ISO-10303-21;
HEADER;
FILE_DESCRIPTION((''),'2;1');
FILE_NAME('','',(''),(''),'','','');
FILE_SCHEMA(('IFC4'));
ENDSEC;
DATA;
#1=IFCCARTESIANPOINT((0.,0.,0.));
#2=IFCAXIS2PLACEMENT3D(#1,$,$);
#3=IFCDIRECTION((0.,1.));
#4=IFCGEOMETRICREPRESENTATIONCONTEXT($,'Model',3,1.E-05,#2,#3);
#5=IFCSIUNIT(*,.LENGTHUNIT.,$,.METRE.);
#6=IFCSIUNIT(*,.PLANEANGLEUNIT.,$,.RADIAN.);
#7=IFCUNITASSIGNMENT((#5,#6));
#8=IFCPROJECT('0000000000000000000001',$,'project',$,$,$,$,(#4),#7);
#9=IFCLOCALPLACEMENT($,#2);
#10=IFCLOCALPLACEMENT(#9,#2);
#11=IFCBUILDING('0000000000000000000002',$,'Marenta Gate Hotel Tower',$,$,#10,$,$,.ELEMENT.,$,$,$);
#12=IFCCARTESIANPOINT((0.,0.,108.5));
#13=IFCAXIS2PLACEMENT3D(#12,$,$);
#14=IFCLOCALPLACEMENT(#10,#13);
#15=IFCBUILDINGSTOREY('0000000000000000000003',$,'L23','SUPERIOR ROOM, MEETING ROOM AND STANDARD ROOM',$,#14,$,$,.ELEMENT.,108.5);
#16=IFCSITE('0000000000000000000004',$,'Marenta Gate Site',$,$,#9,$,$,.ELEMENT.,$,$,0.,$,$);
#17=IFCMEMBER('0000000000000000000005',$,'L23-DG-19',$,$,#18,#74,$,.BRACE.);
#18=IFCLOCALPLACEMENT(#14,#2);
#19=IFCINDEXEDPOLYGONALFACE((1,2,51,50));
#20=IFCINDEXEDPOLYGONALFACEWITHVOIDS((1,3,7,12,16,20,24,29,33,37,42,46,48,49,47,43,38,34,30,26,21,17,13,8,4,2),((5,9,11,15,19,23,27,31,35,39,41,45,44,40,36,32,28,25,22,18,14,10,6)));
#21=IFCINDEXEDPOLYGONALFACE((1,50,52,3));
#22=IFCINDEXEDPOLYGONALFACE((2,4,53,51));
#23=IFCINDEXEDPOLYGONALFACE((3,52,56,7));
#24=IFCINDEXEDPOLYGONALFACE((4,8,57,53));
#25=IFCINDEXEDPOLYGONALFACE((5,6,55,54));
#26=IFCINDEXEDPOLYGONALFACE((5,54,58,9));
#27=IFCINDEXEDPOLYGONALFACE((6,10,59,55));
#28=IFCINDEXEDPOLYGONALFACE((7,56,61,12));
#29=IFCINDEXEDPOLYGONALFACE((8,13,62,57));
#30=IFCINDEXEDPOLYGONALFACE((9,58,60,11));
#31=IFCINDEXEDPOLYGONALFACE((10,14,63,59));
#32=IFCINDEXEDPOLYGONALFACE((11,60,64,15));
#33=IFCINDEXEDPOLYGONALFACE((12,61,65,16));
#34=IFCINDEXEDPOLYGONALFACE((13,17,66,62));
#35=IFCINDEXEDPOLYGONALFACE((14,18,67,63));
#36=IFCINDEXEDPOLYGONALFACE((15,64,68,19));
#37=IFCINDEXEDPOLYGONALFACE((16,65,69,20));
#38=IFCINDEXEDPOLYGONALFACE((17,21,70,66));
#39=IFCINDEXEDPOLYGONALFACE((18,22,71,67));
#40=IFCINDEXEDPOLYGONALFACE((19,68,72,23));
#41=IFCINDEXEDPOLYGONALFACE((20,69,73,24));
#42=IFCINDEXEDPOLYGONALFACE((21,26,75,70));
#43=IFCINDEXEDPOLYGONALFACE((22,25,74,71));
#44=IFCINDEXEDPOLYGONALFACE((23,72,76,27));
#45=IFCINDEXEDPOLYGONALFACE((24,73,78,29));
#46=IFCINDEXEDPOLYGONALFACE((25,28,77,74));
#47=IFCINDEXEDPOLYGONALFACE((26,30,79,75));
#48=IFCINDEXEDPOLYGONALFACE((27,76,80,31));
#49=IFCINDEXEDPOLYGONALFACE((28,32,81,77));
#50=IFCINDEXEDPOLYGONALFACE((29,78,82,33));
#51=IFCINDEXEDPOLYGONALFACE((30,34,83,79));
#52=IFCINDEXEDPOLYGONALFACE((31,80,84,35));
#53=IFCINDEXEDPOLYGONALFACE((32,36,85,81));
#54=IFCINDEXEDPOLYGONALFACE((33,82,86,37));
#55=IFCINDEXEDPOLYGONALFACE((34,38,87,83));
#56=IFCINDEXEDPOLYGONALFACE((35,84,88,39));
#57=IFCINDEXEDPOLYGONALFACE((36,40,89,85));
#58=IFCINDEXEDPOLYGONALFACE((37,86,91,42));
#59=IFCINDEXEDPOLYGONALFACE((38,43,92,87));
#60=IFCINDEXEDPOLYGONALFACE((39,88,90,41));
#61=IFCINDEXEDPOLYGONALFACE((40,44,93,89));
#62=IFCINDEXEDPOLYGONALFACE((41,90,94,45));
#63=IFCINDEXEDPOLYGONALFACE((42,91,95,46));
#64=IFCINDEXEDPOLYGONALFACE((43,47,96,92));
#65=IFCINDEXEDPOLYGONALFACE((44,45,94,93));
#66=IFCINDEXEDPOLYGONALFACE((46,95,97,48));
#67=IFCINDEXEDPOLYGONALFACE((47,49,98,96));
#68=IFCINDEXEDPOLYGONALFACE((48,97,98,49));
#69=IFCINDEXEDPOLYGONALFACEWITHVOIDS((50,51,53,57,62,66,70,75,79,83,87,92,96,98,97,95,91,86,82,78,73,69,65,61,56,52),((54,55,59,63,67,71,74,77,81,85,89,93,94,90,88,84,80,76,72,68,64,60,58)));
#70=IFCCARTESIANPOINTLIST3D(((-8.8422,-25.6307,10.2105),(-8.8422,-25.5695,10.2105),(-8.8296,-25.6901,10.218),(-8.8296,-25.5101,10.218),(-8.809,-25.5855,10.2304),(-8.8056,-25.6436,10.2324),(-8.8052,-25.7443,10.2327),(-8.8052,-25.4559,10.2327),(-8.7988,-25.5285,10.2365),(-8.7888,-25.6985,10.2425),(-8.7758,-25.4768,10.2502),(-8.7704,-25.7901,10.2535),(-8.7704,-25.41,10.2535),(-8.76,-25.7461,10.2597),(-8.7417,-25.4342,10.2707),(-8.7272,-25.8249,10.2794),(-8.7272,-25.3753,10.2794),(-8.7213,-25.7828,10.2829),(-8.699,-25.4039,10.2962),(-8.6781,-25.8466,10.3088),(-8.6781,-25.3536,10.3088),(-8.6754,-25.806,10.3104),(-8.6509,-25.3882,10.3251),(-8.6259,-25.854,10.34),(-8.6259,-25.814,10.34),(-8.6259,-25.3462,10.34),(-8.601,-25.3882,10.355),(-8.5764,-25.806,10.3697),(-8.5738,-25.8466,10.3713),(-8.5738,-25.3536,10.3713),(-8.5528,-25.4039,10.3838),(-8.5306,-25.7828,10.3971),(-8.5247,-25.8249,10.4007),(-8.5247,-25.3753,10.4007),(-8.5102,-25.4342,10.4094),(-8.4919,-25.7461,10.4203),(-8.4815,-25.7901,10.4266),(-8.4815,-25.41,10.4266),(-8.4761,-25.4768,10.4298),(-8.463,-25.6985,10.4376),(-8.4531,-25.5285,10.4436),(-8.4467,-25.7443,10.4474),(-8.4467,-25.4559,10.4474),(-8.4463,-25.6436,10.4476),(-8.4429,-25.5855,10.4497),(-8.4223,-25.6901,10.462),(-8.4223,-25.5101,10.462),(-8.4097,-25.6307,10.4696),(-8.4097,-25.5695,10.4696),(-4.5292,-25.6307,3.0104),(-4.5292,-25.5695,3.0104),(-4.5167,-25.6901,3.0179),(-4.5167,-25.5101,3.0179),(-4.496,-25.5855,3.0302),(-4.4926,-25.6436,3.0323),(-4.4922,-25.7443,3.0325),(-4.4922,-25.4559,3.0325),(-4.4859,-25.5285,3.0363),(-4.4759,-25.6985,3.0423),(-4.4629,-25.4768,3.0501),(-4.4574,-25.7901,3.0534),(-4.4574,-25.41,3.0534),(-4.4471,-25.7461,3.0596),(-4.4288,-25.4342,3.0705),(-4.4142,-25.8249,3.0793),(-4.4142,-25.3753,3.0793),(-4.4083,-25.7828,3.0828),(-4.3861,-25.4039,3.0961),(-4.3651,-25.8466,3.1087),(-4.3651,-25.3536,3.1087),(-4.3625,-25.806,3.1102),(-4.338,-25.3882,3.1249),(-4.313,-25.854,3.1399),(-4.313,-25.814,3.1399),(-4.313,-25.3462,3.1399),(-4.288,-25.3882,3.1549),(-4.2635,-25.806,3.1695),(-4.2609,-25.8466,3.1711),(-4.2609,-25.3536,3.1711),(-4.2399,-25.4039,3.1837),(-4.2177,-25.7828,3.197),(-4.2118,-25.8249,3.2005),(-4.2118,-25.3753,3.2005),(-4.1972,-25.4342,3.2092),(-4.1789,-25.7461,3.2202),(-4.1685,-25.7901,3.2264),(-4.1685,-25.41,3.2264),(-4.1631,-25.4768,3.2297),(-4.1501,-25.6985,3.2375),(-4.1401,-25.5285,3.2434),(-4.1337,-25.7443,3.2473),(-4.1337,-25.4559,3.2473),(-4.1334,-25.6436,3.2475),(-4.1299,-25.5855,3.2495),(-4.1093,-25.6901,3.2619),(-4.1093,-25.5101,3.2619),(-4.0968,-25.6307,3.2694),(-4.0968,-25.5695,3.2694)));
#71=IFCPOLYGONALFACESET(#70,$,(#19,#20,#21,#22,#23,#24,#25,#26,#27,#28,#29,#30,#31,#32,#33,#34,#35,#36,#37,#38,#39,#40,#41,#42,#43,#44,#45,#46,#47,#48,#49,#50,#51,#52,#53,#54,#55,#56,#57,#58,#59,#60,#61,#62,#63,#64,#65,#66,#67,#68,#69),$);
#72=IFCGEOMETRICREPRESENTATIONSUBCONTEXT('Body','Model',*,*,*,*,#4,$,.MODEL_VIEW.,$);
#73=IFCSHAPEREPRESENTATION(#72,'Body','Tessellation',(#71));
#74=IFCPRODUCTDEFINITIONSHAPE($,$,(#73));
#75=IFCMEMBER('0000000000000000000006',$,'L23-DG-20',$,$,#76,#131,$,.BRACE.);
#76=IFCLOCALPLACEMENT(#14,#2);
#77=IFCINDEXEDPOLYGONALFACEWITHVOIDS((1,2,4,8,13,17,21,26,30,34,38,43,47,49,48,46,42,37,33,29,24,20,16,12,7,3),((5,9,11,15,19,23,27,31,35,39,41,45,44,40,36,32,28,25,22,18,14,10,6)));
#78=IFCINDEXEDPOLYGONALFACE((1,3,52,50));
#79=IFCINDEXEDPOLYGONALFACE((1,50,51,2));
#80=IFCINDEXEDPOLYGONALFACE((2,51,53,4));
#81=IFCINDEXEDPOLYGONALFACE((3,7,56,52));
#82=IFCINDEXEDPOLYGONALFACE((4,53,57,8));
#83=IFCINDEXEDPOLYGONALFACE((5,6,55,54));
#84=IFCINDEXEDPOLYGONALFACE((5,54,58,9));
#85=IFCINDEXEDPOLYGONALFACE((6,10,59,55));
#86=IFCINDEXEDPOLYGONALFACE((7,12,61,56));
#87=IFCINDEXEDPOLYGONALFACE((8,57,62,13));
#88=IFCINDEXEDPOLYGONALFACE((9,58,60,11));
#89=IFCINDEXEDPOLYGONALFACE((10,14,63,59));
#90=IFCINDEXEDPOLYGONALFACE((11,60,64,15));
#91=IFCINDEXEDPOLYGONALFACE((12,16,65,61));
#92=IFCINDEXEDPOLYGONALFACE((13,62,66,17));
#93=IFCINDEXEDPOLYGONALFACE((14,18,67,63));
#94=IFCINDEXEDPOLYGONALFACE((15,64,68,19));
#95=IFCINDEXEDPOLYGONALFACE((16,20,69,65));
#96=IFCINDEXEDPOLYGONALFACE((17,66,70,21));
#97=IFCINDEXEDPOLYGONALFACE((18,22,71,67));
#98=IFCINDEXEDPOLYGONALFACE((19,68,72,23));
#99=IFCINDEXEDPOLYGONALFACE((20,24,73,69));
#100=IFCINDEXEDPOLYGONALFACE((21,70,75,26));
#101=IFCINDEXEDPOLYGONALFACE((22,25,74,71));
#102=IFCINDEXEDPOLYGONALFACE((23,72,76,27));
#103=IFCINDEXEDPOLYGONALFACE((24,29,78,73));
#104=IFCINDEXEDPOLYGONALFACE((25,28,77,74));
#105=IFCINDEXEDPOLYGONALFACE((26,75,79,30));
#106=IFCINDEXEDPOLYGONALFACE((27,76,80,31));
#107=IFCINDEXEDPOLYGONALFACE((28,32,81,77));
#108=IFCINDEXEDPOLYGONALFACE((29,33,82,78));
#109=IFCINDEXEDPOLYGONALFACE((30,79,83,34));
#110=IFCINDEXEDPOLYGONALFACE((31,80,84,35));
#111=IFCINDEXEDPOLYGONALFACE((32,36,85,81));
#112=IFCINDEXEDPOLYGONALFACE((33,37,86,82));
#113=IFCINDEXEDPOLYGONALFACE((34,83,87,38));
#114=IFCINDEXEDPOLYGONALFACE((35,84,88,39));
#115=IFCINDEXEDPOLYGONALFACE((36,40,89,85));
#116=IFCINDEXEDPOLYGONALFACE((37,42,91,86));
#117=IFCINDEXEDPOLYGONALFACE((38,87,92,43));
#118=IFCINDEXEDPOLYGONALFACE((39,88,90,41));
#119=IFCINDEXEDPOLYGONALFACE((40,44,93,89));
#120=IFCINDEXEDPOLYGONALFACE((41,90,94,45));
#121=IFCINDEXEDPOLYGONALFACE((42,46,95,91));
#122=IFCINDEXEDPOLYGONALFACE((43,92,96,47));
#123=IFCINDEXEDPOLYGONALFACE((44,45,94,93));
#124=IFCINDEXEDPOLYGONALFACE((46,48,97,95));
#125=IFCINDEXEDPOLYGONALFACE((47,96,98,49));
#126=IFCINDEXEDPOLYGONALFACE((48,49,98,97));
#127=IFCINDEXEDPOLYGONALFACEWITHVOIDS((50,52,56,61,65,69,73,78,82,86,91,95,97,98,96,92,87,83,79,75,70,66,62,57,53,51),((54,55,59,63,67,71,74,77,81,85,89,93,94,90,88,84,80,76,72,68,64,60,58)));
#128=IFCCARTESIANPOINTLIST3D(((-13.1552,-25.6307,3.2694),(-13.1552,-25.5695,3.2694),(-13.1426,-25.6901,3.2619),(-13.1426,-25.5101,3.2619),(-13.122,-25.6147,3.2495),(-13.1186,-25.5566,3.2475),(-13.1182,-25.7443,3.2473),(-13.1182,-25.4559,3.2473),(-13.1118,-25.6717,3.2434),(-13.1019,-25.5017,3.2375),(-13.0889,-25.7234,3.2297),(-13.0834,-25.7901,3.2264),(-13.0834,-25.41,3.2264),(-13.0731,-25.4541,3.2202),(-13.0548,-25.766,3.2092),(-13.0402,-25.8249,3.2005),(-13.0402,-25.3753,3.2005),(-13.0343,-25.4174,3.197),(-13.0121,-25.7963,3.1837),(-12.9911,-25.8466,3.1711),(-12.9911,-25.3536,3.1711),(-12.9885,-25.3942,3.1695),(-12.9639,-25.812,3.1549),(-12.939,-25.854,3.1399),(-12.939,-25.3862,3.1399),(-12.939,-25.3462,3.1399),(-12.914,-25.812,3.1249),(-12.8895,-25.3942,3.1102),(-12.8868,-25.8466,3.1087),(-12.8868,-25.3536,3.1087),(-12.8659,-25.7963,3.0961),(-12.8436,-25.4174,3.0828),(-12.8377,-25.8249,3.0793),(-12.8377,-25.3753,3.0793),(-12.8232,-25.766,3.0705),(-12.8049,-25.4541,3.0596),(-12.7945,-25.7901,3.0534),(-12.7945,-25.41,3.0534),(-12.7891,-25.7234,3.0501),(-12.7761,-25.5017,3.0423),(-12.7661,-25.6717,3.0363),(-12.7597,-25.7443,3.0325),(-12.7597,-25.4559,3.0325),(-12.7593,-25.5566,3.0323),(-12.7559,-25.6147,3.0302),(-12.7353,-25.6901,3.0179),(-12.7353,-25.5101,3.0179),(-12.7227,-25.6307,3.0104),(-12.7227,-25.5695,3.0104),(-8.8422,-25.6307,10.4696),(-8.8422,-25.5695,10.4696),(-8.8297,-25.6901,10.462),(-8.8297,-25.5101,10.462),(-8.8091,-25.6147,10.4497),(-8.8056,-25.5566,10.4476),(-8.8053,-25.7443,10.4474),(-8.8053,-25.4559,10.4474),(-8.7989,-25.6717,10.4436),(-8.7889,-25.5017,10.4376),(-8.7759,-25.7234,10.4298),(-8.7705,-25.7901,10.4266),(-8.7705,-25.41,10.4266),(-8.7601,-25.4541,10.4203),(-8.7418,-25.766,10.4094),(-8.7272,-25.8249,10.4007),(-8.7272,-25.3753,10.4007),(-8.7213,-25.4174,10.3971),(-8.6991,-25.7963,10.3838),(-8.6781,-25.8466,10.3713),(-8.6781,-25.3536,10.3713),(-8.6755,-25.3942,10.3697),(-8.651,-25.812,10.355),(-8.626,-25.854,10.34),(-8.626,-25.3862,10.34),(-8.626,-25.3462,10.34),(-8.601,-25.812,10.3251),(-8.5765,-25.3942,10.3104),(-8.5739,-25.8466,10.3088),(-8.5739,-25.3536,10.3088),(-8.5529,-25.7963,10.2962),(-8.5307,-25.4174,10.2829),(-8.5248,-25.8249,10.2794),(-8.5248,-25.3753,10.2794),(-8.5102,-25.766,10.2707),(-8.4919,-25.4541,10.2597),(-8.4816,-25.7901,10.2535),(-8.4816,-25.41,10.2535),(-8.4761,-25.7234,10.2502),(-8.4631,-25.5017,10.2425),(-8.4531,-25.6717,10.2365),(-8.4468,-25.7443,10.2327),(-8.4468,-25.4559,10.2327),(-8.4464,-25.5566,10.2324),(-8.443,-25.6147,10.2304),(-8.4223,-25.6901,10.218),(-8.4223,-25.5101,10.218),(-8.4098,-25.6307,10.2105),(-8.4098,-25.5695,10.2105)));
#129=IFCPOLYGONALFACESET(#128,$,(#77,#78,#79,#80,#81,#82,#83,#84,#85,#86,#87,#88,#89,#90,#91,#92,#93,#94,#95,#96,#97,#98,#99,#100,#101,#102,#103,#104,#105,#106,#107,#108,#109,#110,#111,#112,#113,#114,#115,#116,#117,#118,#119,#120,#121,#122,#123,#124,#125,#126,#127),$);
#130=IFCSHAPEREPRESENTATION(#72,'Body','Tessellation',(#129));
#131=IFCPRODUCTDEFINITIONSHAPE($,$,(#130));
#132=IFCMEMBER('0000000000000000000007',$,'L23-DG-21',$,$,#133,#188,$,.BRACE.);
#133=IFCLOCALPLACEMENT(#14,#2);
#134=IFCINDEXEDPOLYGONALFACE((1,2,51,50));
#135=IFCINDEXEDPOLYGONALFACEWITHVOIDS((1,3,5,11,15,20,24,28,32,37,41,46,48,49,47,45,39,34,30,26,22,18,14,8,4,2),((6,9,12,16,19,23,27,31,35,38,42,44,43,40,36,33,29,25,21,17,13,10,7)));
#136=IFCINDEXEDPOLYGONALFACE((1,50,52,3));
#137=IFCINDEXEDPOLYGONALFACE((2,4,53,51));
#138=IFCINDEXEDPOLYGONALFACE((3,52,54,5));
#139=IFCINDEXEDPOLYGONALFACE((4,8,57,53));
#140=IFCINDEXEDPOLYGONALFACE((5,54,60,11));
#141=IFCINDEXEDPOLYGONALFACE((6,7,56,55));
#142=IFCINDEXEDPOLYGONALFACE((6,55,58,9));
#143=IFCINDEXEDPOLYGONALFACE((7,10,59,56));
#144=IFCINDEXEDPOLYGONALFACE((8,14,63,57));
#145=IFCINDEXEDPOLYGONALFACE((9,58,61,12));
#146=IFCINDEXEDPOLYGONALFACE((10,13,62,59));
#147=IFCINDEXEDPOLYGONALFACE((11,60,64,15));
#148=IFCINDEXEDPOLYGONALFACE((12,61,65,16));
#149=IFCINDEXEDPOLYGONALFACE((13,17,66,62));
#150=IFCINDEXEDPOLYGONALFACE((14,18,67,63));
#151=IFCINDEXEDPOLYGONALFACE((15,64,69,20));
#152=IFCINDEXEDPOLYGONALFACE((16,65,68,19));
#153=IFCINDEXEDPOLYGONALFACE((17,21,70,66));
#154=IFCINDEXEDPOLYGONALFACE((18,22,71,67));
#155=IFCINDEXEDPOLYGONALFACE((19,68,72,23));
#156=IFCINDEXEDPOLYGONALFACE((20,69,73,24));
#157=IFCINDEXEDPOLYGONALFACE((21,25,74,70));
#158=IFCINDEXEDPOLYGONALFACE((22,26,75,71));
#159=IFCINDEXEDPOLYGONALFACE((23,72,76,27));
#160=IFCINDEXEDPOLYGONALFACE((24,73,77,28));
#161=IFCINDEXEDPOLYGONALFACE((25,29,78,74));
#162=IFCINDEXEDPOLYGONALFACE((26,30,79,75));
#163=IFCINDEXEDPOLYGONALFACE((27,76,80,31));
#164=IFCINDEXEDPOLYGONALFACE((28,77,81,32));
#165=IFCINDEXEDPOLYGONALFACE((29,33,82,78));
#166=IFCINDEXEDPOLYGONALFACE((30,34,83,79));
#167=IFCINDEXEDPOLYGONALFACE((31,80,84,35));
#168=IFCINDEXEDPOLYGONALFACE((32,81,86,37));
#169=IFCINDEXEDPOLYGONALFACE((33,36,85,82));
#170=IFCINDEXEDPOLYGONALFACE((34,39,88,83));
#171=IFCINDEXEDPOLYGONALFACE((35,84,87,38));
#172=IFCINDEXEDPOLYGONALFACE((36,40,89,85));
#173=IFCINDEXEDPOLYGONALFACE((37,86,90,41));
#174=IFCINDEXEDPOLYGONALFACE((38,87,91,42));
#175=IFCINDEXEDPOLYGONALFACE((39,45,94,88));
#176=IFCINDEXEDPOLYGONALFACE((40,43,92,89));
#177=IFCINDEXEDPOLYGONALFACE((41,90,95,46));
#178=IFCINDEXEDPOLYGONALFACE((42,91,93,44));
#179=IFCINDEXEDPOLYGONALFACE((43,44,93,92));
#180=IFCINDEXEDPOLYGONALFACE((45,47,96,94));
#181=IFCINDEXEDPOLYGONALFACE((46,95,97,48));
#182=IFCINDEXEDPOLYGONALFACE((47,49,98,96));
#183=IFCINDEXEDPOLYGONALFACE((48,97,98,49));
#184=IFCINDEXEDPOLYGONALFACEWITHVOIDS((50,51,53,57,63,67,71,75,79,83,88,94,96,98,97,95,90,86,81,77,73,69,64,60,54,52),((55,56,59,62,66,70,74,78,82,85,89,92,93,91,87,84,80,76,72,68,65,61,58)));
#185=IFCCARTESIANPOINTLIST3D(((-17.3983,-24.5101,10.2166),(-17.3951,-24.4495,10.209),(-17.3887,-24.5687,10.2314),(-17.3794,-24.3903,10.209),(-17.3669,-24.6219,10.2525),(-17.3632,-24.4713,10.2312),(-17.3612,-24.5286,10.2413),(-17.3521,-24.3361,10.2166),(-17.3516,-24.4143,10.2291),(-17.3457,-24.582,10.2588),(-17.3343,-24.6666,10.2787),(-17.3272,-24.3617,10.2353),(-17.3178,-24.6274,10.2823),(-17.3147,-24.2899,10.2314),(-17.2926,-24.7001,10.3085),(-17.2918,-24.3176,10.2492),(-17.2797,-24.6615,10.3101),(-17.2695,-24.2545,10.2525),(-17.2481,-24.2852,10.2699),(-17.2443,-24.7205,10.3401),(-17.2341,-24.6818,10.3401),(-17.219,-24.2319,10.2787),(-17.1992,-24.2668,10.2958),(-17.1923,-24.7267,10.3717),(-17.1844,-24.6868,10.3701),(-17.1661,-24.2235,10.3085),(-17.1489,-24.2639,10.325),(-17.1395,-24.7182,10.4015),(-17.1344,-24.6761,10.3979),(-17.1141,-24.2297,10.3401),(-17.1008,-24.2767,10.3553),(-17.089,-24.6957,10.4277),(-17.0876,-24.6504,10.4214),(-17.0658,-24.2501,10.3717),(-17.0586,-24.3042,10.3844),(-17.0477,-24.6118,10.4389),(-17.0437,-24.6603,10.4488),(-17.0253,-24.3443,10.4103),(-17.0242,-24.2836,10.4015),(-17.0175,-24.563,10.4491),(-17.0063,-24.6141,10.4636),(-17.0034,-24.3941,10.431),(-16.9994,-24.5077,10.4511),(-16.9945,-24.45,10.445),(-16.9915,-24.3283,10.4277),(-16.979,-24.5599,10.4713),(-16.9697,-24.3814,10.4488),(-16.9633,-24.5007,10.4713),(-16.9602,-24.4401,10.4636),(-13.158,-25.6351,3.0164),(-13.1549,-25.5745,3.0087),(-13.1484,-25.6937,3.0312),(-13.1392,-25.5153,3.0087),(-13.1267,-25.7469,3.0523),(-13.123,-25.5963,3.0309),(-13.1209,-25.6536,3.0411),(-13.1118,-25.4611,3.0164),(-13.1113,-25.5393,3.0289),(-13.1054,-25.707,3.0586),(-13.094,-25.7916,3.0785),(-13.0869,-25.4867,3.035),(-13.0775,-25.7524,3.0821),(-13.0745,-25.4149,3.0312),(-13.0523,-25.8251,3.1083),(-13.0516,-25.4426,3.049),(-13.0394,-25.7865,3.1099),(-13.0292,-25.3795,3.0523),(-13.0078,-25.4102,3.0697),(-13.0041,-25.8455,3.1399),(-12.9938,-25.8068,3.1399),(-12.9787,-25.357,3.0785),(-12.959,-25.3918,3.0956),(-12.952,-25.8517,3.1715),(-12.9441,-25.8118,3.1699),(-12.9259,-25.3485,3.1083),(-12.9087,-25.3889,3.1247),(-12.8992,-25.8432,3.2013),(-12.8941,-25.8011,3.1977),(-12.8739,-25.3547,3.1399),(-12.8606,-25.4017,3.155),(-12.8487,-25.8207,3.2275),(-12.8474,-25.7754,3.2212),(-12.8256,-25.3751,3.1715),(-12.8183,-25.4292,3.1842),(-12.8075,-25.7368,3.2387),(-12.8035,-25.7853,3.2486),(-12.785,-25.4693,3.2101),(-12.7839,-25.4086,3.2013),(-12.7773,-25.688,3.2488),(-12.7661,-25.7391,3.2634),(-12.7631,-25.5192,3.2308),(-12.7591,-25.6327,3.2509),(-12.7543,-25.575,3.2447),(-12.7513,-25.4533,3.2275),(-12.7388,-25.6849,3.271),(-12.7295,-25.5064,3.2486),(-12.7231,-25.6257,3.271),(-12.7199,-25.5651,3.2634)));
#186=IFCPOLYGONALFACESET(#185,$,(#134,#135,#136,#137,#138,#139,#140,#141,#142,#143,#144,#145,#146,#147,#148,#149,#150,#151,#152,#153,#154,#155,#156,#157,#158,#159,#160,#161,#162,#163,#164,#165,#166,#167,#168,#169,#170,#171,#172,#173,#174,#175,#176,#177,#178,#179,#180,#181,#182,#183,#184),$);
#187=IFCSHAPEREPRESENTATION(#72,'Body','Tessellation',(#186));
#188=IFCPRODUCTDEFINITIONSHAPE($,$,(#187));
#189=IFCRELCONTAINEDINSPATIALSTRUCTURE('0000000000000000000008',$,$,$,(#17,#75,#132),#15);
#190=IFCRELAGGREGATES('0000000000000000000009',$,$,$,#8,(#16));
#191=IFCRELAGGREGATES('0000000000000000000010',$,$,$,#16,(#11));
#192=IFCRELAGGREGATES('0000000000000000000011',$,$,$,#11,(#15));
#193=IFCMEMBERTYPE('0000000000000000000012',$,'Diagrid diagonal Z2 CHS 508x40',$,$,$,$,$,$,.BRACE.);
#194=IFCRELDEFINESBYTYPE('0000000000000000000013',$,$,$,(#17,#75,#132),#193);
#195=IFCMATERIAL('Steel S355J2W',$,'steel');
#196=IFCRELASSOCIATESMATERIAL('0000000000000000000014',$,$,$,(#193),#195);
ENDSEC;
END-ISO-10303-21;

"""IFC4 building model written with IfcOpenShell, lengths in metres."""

from ifc_helpers import new_model, si_unit, direction, frame, origin, origin_2d, place, context, subcontext, project, spatial, hollow_circle, extrude, material, material_profile, profile_set, type_object, element, save


model = new_model("IFC4")

# Units and contexts
model_context = context("Model", 3, precision=1e-05, world=origin(), true_north=direction((0.0, 1.0)))
body_context = subcontext(model_context, "Body", "Model", "MODEL_VIEW")
ifc_project = project(units=[si_unit("LENGTHUNIT", "METRE"), si_unit("PLANEANGLEUNIT", "RADIAN")], contexts=[model_context])

# Site, building, storey
site_placement = place(None, origin())
site = spatial("IfcSite", under=ifc_project, at=site_placement, Name="Marenta Gate Site", CompositionType="ELEMENT", RefElevation=0.0)
building_placement = place(site_placement, origin())
building = spatial("IfcBuilding", under=site, at=building_placement, Name="Marenta Gate Hotel Tower", CompositionType="ELEMENT")
storey_placement = place(building_placement, frame((0.0, 0.0, 108.5)))
storey = spatial("IfcBuildingStorey", under=building, at=storey_placement, Name="L23", Description="SUPERIOR ROOM, MEETING ROOM AND STANDARD ROOM", CompositionType="ELEMENT", Elevation=108.5)

# Members
ifc_material_1 = material(Name="Steel S355J2W", Category="steel")
ifc_material_profile_1 = material_profile(ifc_material_1, hollow_circle(Radius=0.2539, WallThickness=0.04, at=origin_2d()), Name="CHS 508x40")
ifc_profile_set_1 = profile_set([ifc_material_profile_1], Name="Steel S355J2W")
member_type_1 = type_object("IfcMemberType", Name="Diagrid diagonal Z2 CHS 508x40", PredefinedType="BRACE", material=ifc_profile_set_1)
for number, where, z_axis, x_axis, name in (
    (1, (-4.313, -25.6001, 3.1399), (-0.513871, 0.0, 0.857867), (0.0, -1.0, 0.0), "L23-DG-19"),
    (2, (-12.939, -25.6001, 3.1399), (0.513871, 0.0, 0.857867), (0.0, 1.0, 0.0), "L23-DG-20"),
):
    element("IfcMember", number, at=place(storey_placement, frame(where, z_axis=z_axis, x_axis=x_axis)), inside=storey, type_object=member_type_1, Name=name, PredefinedType="BRACE", context=body_context, shape_type="SweptSolid", body=[
        extrude(hollow_circle(Radius=0.2539, WallThickness=0.04, at=origin_2d()), origin(), (0.0, 0.0, 1.0), 8.3931),
    ])
member_1_placement = place(storey_placement, frame((-12.939, -25.6001, 3.1399), z_axis=(-0.502912, 0.13343, 0.853977), x_axis=(-0.256443, -0.966559, 0.0)))
element("IfcMember", 3, at=member_1_placement, inside=storey, type_object=member_type_1, Name="L23-DG-21", PredefinedType="BRACE", context=body_context, shape_type="SweptSolid", body=[
    extrude(hollow_circle(Radius=0.2539, WallThickness=0.04, at=origin_2d()), origin(), (0.0, 0.0, 1.0), 8.4314),
])

save(model, "model.ifc")
